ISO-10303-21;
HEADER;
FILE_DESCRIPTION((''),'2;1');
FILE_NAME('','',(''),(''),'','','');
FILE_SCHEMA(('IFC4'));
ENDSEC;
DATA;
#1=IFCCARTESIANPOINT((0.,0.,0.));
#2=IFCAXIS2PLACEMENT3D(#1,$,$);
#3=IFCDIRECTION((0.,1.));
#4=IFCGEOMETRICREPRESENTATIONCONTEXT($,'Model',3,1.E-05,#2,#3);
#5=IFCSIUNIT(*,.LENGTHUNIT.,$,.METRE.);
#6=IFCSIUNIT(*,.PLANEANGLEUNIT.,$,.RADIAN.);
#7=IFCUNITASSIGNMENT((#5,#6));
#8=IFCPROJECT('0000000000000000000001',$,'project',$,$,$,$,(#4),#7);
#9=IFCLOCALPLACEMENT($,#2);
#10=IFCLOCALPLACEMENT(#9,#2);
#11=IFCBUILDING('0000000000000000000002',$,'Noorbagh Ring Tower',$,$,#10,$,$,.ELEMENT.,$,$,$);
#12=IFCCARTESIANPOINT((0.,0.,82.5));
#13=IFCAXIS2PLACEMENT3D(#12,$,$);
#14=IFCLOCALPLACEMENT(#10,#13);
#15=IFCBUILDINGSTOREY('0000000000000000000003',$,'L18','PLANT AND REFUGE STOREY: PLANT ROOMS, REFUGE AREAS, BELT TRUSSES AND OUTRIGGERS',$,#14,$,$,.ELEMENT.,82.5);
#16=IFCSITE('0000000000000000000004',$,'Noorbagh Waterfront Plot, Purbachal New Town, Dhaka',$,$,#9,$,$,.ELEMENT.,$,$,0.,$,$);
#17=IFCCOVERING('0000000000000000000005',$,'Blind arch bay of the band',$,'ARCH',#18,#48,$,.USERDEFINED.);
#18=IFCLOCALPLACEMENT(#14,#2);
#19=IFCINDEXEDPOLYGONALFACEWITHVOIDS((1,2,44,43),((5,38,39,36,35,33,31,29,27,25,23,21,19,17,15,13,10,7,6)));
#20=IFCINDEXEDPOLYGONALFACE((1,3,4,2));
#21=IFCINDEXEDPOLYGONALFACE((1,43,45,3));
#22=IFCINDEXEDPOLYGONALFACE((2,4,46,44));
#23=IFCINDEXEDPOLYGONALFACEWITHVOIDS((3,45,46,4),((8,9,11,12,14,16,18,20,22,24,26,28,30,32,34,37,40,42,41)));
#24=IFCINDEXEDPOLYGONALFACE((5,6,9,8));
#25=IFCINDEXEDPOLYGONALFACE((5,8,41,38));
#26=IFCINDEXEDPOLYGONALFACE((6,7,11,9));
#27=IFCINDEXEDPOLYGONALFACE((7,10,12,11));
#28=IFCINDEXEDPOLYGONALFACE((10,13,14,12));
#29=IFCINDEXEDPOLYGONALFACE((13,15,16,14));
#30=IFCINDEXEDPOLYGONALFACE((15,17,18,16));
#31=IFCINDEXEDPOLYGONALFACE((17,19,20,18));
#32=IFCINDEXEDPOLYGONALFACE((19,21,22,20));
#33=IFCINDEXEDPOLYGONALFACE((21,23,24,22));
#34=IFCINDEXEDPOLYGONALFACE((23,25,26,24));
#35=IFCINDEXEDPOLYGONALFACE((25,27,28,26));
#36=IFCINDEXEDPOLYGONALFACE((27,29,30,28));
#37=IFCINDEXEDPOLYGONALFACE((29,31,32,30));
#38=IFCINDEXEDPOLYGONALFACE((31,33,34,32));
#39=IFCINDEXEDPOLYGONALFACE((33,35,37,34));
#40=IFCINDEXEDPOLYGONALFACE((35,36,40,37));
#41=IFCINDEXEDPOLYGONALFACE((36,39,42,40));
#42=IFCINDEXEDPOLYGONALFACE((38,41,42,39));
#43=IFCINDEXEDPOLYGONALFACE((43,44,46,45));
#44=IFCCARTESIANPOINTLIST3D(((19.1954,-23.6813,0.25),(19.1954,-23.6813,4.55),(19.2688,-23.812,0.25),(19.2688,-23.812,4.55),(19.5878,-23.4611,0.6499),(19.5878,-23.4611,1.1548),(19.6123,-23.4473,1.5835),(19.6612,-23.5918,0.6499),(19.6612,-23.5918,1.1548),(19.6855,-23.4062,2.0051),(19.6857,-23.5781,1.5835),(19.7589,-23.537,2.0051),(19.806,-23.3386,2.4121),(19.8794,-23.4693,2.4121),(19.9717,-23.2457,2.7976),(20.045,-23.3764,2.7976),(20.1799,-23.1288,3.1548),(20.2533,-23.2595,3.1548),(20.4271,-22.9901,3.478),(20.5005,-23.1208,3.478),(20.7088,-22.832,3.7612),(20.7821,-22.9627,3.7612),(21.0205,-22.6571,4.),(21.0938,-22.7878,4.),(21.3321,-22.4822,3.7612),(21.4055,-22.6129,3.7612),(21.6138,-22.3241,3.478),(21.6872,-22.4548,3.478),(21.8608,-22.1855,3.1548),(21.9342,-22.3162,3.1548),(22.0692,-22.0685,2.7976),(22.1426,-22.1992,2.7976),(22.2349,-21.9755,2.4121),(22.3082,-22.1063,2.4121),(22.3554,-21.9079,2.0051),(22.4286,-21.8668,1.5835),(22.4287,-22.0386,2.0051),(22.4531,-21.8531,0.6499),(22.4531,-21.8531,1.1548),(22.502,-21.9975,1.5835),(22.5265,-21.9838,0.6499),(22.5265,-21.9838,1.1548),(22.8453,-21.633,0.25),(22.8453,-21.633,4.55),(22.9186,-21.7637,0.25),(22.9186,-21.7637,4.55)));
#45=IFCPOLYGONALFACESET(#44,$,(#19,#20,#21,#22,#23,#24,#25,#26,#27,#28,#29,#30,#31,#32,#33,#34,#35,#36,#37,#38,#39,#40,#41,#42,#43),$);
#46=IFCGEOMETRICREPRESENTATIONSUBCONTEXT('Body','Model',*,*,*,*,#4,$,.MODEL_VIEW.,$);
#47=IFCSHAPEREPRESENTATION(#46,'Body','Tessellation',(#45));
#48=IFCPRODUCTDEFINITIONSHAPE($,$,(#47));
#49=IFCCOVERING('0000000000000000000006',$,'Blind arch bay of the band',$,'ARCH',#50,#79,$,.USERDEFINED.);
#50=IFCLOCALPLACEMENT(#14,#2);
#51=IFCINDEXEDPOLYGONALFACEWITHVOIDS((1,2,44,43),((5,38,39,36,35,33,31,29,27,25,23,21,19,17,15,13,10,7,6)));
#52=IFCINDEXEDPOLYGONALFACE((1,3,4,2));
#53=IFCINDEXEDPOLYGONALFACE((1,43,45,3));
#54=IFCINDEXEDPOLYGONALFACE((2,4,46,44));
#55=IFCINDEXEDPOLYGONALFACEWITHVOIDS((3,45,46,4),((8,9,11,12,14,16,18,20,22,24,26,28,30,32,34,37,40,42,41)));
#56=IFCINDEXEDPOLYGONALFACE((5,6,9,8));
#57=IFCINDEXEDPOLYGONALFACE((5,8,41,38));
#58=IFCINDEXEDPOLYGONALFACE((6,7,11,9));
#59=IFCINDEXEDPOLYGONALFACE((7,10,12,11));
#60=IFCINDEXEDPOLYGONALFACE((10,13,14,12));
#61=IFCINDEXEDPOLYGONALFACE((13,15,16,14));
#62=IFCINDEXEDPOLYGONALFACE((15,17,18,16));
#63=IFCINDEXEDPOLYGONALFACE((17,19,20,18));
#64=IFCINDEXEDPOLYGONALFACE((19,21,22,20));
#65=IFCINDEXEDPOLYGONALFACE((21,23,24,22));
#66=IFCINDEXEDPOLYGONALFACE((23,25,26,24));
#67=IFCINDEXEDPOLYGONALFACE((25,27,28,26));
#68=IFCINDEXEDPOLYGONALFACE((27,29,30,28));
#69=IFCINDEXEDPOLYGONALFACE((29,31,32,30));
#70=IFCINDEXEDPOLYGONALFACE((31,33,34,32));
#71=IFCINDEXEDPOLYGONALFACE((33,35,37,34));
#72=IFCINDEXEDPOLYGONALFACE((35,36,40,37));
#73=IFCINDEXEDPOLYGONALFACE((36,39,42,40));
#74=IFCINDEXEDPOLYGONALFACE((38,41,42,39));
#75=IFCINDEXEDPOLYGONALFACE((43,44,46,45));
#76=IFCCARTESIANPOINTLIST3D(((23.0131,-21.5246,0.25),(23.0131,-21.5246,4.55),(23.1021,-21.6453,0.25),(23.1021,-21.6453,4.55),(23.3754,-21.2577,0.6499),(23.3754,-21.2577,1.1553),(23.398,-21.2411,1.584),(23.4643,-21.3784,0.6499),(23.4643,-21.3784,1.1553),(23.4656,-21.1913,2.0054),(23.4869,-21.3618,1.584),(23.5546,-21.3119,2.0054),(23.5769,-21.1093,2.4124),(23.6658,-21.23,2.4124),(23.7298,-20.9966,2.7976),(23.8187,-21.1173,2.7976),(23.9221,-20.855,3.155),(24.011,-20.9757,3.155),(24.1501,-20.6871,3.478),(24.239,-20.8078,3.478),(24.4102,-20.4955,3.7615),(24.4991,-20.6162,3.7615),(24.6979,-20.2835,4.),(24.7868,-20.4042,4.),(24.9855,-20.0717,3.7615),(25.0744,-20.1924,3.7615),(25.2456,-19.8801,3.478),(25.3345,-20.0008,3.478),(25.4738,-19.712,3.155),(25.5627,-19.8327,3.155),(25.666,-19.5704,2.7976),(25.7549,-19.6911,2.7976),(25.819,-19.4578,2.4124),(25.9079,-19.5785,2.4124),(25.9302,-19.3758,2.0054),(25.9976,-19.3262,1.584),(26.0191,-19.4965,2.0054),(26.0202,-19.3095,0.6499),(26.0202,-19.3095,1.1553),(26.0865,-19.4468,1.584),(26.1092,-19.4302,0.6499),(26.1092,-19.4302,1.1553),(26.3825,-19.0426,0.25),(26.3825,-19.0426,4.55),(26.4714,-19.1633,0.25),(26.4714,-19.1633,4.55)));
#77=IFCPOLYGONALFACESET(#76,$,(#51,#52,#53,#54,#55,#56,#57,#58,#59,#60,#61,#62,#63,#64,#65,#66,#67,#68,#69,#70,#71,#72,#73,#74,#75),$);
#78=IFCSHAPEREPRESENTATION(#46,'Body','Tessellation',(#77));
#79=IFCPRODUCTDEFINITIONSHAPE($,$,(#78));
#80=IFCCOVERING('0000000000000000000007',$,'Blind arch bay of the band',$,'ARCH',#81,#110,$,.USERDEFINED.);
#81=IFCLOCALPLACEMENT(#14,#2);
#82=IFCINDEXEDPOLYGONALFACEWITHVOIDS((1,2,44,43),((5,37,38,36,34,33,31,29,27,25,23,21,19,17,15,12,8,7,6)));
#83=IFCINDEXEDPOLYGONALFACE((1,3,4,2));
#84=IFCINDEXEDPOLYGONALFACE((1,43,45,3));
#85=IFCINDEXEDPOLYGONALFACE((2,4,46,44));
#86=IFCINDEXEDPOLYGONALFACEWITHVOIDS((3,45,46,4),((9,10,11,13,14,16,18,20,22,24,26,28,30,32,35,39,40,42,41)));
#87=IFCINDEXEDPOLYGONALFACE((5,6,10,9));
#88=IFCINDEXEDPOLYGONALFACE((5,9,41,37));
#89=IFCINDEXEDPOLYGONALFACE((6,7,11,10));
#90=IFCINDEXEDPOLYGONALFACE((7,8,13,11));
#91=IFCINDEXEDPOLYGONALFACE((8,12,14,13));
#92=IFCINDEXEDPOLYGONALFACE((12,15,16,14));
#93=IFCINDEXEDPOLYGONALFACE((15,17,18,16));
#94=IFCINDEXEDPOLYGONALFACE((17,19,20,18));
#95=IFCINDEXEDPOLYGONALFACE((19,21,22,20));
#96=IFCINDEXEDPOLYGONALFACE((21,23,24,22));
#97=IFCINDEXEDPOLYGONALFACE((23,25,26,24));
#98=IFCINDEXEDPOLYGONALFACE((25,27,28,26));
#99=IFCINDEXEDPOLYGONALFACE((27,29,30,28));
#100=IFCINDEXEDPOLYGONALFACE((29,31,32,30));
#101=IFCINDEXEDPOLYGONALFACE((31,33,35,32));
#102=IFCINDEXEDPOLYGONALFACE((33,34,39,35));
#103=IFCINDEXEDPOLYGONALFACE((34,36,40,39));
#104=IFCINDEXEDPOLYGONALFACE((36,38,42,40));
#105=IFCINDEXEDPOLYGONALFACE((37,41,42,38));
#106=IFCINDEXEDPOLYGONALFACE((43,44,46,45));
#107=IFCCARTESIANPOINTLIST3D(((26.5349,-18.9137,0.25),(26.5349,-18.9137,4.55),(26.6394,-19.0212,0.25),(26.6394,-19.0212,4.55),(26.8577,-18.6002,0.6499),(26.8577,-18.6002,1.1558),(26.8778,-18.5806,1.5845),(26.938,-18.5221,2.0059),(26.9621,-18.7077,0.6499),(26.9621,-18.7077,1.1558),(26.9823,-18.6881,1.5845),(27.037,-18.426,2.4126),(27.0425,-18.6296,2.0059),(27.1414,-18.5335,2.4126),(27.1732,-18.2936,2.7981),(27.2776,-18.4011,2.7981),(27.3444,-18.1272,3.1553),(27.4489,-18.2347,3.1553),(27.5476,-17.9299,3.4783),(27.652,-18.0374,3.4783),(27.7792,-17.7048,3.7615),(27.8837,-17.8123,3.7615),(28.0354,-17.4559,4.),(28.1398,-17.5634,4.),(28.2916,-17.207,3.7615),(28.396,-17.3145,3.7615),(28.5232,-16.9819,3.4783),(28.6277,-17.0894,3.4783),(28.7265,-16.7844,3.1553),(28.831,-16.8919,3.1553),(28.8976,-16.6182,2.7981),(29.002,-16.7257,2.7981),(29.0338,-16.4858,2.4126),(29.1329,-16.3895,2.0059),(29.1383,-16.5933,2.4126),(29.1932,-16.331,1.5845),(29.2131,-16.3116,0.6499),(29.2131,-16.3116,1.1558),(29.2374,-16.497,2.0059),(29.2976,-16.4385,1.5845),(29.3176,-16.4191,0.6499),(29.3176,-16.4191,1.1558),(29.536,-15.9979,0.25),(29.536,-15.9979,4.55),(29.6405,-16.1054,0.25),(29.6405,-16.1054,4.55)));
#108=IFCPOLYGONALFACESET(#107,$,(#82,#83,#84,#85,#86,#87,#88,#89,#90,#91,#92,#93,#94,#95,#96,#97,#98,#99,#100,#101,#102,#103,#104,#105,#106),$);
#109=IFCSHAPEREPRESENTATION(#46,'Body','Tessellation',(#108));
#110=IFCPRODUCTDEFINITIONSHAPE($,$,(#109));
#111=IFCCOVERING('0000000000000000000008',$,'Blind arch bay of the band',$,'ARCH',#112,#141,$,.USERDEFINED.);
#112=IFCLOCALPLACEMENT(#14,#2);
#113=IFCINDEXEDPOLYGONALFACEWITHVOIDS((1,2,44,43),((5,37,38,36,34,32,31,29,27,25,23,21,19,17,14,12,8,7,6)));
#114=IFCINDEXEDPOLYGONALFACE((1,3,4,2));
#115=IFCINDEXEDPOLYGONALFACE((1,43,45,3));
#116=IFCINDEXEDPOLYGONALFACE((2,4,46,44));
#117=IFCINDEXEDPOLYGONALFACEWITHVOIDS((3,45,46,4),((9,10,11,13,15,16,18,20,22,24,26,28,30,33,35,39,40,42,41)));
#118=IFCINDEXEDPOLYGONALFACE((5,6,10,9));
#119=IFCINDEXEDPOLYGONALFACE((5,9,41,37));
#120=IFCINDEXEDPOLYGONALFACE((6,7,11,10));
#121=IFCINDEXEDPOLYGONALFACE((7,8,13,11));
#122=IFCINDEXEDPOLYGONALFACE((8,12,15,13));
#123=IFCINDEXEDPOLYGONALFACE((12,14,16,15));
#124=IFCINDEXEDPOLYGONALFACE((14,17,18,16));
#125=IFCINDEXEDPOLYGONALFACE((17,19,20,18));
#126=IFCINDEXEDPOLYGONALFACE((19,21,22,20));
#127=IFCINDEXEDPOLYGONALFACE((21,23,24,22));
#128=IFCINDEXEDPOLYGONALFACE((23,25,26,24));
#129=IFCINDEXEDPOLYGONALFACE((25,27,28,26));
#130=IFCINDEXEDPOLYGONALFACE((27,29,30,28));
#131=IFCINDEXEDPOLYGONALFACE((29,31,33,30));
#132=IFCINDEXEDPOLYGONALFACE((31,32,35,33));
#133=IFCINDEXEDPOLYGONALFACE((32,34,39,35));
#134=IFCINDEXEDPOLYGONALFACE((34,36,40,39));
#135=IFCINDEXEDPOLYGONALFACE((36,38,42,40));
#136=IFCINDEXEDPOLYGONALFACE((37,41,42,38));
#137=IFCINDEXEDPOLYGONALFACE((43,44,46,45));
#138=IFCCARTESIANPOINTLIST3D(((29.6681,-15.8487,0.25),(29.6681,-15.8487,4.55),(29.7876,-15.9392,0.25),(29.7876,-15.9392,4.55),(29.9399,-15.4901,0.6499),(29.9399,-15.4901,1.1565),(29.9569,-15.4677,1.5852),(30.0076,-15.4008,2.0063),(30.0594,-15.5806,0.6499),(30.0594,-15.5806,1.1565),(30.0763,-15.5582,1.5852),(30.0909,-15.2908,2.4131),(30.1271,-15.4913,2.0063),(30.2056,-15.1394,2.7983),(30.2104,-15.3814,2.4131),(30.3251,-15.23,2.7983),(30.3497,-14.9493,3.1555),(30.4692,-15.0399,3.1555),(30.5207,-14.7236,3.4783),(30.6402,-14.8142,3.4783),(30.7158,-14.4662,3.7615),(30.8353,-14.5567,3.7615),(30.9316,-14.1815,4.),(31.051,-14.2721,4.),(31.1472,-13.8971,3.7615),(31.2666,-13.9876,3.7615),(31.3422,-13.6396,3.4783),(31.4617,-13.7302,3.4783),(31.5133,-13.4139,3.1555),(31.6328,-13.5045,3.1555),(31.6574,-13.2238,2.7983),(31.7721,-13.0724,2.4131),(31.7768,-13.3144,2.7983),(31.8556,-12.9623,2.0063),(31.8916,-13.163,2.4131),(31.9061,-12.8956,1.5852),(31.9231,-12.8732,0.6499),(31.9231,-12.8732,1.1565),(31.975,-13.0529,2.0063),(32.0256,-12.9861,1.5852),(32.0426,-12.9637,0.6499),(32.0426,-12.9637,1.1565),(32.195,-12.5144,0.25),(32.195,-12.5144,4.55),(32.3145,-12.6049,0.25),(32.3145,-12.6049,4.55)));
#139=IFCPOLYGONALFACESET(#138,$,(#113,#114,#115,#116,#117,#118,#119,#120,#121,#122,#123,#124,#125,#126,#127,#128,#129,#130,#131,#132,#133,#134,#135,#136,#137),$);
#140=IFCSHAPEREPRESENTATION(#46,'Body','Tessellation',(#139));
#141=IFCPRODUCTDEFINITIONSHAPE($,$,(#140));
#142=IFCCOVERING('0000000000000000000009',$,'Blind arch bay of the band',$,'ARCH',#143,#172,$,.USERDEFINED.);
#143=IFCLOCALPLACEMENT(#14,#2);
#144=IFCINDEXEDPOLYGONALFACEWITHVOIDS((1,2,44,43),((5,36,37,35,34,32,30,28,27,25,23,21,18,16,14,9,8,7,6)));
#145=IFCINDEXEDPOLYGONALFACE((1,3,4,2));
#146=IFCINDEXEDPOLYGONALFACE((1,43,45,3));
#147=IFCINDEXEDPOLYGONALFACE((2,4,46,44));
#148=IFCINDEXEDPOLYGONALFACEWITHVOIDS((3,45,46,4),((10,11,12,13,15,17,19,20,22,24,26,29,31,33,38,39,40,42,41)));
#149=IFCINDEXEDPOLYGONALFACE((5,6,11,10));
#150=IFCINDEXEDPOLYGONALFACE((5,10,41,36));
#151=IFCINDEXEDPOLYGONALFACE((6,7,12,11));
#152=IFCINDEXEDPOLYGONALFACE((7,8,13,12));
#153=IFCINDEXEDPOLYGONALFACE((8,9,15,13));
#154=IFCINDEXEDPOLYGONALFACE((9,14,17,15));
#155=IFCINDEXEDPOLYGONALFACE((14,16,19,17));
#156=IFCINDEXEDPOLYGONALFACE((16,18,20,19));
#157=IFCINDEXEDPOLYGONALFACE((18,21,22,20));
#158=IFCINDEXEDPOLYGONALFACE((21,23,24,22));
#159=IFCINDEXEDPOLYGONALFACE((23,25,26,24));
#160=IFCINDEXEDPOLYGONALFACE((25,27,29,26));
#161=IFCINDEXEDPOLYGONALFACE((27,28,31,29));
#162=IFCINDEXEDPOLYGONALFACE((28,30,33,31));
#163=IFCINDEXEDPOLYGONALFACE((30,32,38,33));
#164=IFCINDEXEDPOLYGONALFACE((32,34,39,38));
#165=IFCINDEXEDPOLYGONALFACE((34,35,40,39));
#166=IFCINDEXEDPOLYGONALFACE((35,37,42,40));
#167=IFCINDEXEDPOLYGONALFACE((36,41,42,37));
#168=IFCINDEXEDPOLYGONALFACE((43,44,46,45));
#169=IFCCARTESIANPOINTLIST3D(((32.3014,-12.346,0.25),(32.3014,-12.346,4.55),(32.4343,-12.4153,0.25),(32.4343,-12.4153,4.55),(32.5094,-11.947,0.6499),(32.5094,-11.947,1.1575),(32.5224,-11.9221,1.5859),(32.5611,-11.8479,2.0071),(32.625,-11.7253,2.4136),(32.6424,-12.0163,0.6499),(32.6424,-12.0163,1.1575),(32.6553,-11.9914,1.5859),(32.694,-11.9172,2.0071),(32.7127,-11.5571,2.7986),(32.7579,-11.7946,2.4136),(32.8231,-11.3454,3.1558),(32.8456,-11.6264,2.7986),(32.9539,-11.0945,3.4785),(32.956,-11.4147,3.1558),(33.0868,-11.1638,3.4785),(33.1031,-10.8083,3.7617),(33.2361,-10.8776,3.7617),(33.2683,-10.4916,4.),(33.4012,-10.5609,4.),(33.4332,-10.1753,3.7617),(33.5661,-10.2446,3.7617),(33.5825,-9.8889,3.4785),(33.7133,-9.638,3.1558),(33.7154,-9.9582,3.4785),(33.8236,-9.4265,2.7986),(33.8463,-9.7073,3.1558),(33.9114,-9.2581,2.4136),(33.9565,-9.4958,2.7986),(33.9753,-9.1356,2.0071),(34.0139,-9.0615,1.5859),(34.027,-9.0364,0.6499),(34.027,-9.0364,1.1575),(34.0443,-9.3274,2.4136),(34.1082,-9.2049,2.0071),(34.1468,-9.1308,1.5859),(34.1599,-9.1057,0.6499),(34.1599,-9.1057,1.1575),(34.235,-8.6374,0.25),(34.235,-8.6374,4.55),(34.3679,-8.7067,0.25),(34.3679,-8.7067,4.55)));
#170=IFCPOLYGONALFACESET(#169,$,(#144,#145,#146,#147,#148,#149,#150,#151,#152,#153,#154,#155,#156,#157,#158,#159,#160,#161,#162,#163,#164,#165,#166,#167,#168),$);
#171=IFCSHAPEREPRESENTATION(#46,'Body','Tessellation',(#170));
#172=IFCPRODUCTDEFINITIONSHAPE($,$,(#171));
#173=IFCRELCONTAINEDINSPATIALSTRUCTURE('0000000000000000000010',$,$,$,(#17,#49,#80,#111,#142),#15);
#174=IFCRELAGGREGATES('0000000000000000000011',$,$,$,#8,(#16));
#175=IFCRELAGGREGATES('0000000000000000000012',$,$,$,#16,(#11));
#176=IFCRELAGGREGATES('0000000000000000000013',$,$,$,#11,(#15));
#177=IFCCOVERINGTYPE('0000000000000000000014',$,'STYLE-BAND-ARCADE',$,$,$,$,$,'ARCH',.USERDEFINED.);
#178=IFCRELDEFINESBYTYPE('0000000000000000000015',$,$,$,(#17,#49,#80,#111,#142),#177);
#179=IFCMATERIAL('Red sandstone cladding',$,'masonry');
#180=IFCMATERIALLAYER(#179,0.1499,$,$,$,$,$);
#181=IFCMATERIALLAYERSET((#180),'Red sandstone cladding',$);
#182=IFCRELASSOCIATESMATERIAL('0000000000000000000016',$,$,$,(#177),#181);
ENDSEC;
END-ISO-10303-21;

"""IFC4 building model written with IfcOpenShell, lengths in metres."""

from ifc_helpers import new_model, si_unit, direction, frame, origin, place, context, subcontext, project, spatial, polyline, outline, extrude, material, layer, layer_set, type_object, element, save


model = new_model("IFC4")

# Units and contexts
model_context = context("Model", 3, precision=1e-05, world=origin(), true_north=direction((0.0, 1.0)))
body_context = subcontext(model_context, "Body", "Model", "MODEL_VIEW")
ifc_project = project(units=[si_unit("LENGTHUNIT", "METRE"), si_unit("PLANEANGLEUNIT", "RADIAN")], contexts=[model_context])

# Site, building, storey
site_placement = place(None, origin())
site = spatial("IfcSite", under=ifc_project, at=site_placement, Name="Noorbagh Waterfront Plot, Purbachal New Town, Dhaka", CompositionType="ELEMENT", RefElevation=0.0)
building_placement = place(site_placement, origin())
building = spatial("IfcBuilding", under=site, at=building_placement, Name="Noorbagh Ring Tower", CompositionType="ELEMENT")
storey_placement = place(building_placement, frame((0.0, 0.0, 82.5)))
storey = spatial("IfcBuildingStorey", under=building, at=storey_placement, Name="L18", Description="PLANT AND REFUGE STOREY: PLANT ROOMS, REFUGE AREAS, BELT TRUSSES AND OUTRIGGERS", CompositionType="ELEMENT", Elevation=82.5)

# Coverings
ifc_material_1 = material(Name="Red sandstone cladding", Category="masonry")
ifc_layer_1 = layer(ifc_material_1, 0.1499)
ifc_layer_set_1 = layer_set([ifc_layer_1], Name="Red sandstone cladding")
covering_type_1 = type_object("IfcCoveringType", Name="STYLE-BAND-ARCADE", ElementType="ARCH", PredefinedType="USERDEFINED", material=ifc_layer_set_1)
covering_1_placement = place(storey_placement, frame((19.2688, -23.812, 0.25), z_axis=(0.489402, -0.872058, 0.0), x_axis=(0.872058, 0.489402, 0.0)))
element("IfcCovering", 1, at=covering_1_placement, inside=storey, type_object=covering_type_1, Name="Blind arch bay of the band", ObjectType="ARCH", PredefinedType="USERDEFINED", context=body_context, shape_type="SweptSolid", body=[
    extrude(outline(polyline([(0.0, 0.0), (4.1853, 0.0), (4.1853, 4.3), (0.0, 4.3), (0.0, 0.0)]), holes=[polyline([(0.45, 0.3999), (0.45, 0.9048), (0.478, 1.3335), (0.562, 1.7551), (0.7002, 2.1621), (0.8901, 2.5476), (1.1289, 2.9048), (1.4124, 3.228), (1.7354, 3.5112), (2.0928, 3.75), (2.4502, 3.5112), (2.7732, 3.228), (3.0564, 2.9048), (3.2954, 2.5476), (3.4854, 2.1621), (3.6235, 1.7551), (3.7075, 1.3335), (3.7356, 0.9048), (3.7356, 0.3999), (0.45, 0.3999)])]), origin(), (0.0, 0.0, -1.0), 0.1499),
])
covering_2_placement = place(storey_placement, frame((23.1021, -21.6453, 0.25), z_axis=(0.59308, -0.805144, 0.0), x_axis=(0.805144, 0.59308, 0.0)))
element("IfcCovering", 2, at=covering_2_placement, inside=storey, type_object=covering_type_1, Name="Blind arch bay of the band", ObjectType="ARCH", PredefinedType="USERDEFINED", context=body_context, shape_type="SweptSolid", body=[
    extrude(outline(polyline([(0.0, 0.0), (4.1848, 0.0), (4.1848, 4.3), (0.0, 4.3), (0.0, 0.0)]), holes=[polyline([(0.45, 0.3999), (0.45, 0.9053), (0.478, 1.334), (0.562, 1.7554), (0.7002, 2.1624), (0.8901, 2.5476), (1.1289, 2.905), (1.4121, 3.228), (1.7351, 3.5115), (2.0925, 3.75), (2.4497, 3.5115), (2.7727, 3.228), (3.0562, 2.905), (3.2949, 2.5476), (3.4849, 2.1624), (3.623, 1.7554), (3.7068, 1.334), (3.7349, 0.9053), (3.7349, 0.3999), (0.45, 0.3999)])]), origin(), (0.0, 0.0, -1.0), 0.1499),
])
covering_3_placement = place(storey_placement, frame((26.6394, -19.0212, 0.25), z_axis=(0.696852, -0.717215, 0.0), x_axis=(0.717215, 0.696852, 0.0)))
element("IfcCovering", 3, at=covering_3_placement, inside=storey, type_object=covering_type_1, Name="Blind arch bay of the band", ObjectType="ARCH", PredefinedType="USERDEFINED", context=body_context, shape_type="SweptSolid", body=[
    extrude(outline(polyline([(0.0, 0.0), (4.1843, 0.0), (4.1843, 4.3), (0.0, 4.3), (0.0, 0.0)]), holes=[polyline([(0.45, 0.3999), (0.45, 0.9058), (0.478, 1.3345), (0.562, 1.7559), (0.7, 2.1626), (0.8899, 2.5481), (1.1287, 2.9053), (1.4119, 3.2283), (1.7349, 3.5115), (2.092, 3.75), (2.4492, 3.5115), (2.7722, 3.2283), (3.0557, 2.9053), (3.2942, 2.5481), (3.4841, 2.1626), (3.6223, 1.7559), (3.7063, 1.3345), (3.7341, 0.9058), (3.7341, 0.3999), (0.45, 0.3999)])]), origin(), (0.0, 0.0, -1.0), 0.1499),
])
covering_4_placement = place(storey_placement, frame((29.7876, -15.9392, 0.25), z_axis=(0.796986, -0.603998, 0.0), x_axis=(0.603998, 0.796986, 0.0)))
element("IfcCovering", 4, at=covering_4_placement, inside=storey, type_object=covering_type_1, Name="Blind arch bay of the band", ObjectType="ARCH", PredefinedType="USERDEFINED", context=body_context, shape_type="SweptSolid", body=[
    extrude(outline(polyline([(0.0, 0.0), (4.1836, 0.0), (4.1836, 4.3), (0.0, 4.3), (0.0, 0.0)]), holes=[polyline([(0.45, 0.3999), (0.45, 0.9065), (0.478, 1.3352), (0.562, 1.7563), (0.7, 2.1631), (0.8899, 2.5483), (1.1284, 2.9055), (1.4116, 3.2283), (1.7346, 3.5115), (2.0918, 3.75), (2.4487, 3.5115), (2.7717, 3.2283), (3.0549, 2.9055), (3.2935, 2.5483), (3.4834, 2.1631), (3.6216, 1.7563), (3.7053, 1.3352), (3.7334, 0.9065), (3.7334, 0.3999), (0.45, 0.3999)])]), origin(), (0.0, 0.0, -1.0), 0.1499),
])
covering_5_placement = place(storey_placement, frame((32.4343, -12.4153, 0.25), z_axis=(0.88671, -0.462327, 0.0), x_axis=(0.462327, 0.88671, 0.0)))
element("IfcCovering", 5, at=covering_5_placement, inside=storey, type_object=covering_type_1, Name="Blind arch bay of the band", ObjectType="ARCH", PredefinedType="USERDEFINED", context=body_context, shape_type="SweptSolid", body=[
    extrude(outline(polyline([(0.0, 0.0), (4.1824, 0.0), (4.1824, 4.3), (0.0, 4.3), (0.0, 0.0)]), holes=[polyline([(0.45, 0.3999), (0.45, 0.9075), (0.478, 1.3359), (0.5618, 1.7571), (0.7, 2.1636), (0.8896, 2.5486), (1.1284, 2.9058), (1.4114, 3.2285), (1.7341, 3.5117), (2.0913, 3.75), (2.448, 3.5117), (2.771, 3.2285), (3.054, 2.9058), (3.2925, 2.5486), (3.4824, 2.1636), (3.6206, 1.7571), (3.7041, 1.3359), (3.7324, 0.9075), (3.7324, 0.3999), (0.45, 0.3999)])]), origin(), (0.0, 0.0, -1.0), 0.1499),
])

save(model, "model.ifc")
